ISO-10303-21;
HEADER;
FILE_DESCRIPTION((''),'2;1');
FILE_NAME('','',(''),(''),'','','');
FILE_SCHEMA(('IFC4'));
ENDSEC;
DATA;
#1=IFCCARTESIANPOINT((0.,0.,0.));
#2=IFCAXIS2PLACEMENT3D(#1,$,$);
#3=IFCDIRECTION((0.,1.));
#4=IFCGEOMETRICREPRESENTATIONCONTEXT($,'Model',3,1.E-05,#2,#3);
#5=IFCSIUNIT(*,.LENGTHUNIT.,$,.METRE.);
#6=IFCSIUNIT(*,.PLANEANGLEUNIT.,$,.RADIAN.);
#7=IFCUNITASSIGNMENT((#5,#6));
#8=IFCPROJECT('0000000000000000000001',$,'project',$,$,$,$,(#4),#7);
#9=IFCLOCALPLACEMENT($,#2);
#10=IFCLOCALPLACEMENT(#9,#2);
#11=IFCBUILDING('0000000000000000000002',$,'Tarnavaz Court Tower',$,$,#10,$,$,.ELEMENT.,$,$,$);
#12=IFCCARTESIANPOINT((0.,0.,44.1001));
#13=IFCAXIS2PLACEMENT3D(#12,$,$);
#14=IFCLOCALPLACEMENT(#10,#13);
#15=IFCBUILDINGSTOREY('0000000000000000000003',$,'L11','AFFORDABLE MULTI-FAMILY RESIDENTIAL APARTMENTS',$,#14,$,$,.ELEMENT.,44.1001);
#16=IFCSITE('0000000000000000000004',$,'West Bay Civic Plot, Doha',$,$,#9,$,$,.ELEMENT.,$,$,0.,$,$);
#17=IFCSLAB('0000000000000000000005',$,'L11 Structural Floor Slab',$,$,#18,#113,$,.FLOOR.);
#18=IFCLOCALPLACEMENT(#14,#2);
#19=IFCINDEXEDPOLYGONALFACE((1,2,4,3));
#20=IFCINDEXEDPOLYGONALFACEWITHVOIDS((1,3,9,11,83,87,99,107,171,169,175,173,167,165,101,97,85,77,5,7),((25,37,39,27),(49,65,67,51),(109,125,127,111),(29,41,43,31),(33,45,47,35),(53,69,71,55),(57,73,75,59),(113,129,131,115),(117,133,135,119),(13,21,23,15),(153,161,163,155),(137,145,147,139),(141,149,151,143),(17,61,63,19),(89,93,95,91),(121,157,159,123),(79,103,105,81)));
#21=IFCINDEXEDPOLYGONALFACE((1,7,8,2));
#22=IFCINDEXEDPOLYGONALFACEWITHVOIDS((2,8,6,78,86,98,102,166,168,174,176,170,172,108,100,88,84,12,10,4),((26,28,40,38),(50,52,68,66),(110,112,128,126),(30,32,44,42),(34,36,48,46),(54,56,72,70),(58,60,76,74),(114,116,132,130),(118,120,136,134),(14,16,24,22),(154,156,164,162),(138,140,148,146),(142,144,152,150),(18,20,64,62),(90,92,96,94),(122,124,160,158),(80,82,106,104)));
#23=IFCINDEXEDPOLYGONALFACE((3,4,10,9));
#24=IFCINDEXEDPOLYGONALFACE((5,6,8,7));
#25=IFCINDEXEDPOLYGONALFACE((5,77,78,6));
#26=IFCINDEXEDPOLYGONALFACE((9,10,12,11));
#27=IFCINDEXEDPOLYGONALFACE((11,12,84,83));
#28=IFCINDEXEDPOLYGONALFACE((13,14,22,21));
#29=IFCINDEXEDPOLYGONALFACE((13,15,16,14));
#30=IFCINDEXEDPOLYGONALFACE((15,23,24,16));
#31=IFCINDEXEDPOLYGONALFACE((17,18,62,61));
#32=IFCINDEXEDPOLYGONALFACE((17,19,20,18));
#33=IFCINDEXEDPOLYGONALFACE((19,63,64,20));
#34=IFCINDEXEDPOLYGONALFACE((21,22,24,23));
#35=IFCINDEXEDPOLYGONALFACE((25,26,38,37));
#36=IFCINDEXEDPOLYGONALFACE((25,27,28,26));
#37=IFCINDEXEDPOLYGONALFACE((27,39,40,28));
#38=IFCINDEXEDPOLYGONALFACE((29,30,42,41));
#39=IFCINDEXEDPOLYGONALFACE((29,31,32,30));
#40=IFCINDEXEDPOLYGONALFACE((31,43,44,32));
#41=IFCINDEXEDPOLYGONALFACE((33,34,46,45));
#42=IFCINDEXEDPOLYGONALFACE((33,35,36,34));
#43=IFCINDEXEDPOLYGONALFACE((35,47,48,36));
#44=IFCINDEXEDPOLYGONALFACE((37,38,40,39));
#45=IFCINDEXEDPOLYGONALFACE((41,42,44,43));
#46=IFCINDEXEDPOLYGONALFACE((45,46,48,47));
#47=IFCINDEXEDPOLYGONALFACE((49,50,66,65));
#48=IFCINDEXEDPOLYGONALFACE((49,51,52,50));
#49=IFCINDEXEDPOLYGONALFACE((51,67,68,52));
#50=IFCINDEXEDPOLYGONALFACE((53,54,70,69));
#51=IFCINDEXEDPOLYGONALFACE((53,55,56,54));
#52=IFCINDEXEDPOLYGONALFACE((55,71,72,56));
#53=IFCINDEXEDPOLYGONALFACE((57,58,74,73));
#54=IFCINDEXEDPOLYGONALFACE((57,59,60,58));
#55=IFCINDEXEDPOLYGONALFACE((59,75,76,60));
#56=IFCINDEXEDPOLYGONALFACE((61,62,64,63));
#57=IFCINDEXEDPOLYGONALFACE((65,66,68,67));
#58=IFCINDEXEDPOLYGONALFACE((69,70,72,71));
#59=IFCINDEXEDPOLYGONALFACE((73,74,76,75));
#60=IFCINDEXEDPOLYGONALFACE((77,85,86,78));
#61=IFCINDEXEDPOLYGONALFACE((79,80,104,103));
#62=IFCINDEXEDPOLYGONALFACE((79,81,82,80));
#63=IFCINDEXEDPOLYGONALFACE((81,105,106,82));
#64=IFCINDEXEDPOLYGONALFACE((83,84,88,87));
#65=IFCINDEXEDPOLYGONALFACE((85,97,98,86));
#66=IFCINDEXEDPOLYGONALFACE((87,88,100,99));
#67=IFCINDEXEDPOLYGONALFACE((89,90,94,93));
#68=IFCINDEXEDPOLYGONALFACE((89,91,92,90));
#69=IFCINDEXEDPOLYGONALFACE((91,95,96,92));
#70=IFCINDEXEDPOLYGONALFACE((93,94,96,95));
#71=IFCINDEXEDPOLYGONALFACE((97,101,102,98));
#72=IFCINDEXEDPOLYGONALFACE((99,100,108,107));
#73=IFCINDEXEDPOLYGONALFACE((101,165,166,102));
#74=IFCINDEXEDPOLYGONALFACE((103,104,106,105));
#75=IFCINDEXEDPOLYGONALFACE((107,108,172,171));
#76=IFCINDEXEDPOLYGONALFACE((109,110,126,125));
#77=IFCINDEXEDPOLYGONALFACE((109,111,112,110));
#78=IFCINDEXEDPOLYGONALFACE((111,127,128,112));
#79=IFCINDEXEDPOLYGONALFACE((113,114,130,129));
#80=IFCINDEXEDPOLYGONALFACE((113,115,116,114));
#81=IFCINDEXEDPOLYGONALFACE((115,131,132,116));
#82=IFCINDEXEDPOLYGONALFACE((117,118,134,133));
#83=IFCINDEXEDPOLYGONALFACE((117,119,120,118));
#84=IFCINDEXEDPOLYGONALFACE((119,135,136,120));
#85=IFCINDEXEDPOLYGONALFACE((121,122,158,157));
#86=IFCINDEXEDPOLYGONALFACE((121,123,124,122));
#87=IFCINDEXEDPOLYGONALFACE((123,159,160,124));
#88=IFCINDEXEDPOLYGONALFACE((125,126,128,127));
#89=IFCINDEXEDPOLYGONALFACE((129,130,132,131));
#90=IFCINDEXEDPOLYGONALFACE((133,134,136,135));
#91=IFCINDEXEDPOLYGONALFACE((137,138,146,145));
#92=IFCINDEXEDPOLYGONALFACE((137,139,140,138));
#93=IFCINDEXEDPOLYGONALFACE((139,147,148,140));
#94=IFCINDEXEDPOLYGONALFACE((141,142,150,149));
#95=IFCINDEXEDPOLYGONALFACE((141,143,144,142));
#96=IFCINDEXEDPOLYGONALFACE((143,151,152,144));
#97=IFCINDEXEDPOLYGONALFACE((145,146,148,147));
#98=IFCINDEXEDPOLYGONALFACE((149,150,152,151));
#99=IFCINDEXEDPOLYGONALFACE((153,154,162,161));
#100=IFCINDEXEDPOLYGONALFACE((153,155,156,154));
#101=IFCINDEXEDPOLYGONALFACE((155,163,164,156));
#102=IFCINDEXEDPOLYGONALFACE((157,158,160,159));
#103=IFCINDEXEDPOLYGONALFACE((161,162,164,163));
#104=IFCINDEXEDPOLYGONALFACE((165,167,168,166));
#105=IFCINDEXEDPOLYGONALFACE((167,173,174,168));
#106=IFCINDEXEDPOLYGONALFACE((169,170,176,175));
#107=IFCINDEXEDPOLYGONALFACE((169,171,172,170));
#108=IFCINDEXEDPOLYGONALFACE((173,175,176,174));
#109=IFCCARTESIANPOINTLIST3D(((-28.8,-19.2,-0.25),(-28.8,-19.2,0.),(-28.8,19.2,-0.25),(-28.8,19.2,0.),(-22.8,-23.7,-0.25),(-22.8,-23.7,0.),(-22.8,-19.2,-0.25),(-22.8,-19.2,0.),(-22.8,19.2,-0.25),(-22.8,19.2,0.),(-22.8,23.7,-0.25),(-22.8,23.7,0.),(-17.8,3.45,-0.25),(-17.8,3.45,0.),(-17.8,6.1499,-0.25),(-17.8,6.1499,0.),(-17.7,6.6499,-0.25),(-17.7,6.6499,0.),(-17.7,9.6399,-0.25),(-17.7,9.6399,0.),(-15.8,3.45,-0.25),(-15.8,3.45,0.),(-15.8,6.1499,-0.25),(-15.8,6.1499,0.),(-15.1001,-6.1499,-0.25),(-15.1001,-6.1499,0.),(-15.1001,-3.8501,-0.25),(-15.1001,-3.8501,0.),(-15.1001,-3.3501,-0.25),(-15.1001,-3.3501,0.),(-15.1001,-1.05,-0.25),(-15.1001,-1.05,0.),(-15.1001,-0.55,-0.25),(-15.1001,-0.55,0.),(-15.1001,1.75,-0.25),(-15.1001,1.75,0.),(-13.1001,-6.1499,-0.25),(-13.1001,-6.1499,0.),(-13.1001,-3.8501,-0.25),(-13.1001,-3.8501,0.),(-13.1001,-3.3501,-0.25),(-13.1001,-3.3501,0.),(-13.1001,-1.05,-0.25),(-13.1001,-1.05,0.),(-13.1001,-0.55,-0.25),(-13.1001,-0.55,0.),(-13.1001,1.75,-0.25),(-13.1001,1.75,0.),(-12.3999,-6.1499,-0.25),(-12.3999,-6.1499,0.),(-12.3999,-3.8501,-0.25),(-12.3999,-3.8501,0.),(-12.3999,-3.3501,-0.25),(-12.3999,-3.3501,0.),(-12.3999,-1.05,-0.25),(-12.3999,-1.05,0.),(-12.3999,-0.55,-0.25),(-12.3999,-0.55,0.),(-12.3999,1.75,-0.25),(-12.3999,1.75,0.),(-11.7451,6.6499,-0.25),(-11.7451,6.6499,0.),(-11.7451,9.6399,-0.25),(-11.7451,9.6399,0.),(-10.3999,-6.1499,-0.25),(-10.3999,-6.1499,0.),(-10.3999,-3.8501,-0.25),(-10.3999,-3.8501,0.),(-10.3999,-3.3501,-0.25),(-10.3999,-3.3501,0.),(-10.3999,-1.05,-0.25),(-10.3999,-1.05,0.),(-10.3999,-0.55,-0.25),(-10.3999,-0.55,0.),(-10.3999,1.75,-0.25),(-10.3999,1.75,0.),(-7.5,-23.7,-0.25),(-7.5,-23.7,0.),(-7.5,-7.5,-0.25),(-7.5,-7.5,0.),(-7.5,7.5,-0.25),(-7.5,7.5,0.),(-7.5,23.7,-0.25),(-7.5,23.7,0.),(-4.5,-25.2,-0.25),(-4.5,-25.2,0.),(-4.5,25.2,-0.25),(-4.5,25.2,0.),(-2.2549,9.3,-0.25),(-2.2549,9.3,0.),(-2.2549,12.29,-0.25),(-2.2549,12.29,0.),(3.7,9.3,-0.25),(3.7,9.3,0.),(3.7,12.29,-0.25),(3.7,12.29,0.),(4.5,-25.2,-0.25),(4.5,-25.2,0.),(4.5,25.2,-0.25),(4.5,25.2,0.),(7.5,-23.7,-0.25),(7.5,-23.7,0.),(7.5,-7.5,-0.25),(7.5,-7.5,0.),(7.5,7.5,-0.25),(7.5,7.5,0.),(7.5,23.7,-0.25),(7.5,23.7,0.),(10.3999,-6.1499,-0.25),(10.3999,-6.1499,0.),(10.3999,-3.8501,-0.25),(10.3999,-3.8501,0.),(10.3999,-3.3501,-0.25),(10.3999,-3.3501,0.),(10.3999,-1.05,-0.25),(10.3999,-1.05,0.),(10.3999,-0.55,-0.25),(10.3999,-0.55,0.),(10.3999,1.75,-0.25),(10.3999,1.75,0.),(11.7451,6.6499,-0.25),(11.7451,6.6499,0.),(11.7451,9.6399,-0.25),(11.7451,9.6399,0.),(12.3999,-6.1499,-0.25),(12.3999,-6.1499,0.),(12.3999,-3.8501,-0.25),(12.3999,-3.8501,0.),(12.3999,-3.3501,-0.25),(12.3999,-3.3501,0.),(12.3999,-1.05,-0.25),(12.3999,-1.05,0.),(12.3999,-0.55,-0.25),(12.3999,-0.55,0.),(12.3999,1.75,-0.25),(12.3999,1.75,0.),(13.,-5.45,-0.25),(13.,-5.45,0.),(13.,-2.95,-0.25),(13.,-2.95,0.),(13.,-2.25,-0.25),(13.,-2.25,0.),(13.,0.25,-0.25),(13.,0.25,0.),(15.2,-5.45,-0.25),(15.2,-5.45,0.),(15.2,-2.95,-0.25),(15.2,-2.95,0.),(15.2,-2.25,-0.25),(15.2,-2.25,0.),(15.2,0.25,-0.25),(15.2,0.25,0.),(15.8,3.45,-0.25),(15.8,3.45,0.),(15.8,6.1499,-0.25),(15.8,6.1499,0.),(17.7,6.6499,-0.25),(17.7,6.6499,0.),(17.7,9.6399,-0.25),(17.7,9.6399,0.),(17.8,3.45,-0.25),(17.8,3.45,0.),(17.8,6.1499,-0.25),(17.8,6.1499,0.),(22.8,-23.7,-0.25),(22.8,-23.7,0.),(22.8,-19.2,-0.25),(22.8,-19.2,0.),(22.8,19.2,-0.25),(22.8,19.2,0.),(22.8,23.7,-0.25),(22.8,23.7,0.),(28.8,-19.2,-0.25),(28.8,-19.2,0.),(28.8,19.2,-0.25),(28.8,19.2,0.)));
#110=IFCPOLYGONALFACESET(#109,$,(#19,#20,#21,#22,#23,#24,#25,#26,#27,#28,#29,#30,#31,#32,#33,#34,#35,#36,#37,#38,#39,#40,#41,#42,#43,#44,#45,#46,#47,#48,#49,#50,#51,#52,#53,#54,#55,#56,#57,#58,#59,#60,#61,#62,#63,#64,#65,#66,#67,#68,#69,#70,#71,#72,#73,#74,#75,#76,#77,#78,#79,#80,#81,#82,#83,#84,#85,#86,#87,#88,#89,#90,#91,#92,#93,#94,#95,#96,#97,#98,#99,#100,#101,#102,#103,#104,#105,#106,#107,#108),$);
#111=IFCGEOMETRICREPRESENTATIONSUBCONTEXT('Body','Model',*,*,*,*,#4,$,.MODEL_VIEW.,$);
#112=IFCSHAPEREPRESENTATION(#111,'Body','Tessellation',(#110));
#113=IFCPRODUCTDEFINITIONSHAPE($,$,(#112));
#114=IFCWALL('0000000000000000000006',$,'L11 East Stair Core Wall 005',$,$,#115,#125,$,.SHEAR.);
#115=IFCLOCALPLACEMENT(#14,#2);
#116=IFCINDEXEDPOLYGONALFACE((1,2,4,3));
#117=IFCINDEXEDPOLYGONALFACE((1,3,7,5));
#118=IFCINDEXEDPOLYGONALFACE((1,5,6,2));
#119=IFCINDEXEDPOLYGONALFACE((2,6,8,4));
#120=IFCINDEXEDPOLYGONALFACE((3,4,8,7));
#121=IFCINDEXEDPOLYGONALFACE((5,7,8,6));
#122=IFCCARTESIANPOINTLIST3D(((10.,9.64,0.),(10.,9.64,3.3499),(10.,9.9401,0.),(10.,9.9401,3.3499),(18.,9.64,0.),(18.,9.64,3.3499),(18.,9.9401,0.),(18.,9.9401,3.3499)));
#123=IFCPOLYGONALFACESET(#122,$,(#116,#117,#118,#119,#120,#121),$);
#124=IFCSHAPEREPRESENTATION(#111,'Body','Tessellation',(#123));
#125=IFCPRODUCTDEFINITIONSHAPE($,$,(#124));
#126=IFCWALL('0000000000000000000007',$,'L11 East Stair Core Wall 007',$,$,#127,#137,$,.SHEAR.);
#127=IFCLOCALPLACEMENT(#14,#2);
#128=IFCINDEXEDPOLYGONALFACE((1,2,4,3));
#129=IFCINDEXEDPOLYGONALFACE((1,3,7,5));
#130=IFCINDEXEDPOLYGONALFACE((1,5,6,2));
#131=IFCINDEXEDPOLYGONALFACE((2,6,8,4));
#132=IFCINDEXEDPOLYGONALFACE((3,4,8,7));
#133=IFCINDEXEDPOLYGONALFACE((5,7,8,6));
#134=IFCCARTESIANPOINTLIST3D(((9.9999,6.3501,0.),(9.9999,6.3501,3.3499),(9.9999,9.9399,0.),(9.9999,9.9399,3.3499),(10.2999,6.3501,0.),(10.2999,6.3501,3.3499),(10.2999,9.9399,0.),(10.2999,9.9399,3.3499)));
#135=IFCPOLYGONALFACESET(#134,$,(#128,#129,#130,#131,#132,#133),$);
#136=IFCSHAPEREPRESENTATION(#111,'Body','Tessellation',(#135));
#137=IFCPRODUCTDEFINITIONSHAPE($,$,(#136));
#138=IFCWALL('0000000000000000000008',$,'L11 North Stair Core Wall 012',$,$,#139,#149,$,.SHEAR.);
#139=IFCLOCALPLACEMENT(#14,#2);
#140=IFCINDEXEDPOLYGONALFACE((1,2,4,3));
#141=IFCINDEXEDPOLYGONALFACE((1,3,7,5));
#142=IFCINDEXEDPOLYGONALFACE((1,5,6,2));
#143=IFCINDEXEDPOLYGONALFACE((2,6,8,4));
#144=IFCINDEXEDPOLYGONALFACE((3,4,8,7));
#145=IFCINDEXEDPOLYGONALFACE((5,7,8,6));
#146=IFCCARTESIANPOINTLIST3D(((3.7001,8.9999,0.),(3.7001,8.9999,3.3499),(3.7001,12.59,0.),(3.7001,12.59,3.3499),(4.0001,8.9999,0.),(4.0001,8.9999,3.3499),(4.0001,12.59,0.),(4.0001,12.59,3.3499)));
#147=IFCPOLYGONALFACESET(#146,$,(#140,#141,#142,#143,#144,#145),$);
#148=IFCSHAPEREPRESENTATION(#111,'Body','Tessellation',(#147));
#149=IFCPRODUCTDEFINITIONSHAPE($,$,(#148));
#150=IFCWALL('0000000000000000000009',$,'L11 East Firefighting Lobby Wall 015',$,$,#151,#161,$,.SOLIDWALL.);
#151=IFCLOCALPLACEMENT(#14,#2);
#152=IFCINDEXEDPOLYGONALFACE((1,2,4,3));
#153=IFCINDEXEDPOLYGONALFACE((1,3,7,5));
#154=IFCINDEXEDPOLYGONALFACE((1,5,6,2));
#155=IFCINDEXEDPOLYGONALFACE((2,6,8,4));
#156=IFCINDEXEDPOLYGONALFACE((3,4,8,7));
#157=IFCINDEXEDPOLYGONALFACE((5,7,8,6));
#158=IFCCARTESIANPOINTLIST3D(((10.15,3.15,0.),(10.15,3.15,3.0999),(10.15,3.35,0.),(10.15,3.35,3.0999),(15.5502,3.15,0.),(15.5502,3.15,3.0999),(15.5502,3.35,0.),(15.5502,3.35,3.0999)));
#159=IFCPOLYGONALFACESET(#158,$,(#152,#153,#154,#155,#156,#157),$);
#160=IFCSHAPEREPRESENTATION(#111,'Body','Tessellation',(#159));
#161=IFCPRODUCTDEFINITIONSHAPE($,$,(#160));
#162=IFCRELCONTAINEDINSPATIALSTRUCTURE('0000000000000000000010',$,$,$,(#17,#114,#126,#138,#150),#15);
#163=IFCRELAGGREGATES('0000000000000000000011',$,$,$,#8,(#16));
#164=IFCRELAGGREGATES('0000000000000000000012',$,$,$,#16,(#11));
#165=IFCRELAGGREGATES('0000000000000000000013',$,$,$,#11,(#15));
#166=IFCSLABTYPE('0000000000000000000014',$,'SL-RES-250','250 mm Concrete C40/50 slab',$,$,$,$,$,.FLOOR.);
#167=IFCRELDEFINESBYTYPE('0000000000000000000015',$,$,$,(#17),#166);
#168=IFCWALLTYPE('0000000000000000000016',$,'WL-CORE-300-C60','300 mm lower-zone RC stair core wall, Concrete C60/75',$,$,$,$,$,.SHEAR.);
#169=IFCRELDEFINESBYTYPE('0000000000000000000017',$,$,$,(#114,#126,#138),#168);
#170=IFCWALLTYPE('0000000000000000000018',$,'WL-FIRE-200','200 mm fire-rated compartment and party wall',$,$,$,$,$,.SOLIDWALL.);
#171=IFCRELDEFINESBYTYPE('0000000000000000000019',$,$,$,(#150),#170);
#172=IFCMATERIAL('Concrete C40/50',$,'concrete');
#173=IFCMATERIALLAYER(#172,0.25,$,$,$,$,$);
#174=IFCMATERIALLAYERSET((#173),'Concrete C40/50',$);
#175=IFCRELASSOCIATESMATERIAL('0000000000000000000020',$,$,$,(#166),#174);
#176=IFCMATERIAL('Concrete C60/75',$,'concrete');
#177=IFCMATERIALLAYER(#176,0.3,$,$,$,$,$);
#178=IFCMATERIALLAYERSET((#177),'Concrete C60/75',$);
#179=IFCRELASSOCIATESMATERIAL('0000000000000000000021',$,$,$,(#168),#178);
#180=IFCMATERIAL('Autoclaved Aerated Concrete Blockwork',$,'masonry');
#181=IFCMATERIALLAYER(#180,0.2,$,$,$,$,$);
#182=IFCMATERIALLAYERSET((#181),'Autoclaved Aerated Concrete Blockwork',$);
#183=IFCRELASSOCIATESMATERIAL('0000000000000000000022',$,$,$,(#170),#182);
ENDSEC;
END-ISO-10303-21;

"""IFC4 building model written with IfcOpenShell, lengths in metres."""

from ifc_helpers import new_model, si_unit, direction, frame, frame_2d, origin, place, context, subcontext, project, spatial, polyline, rectangle, outline, extrude, material, layer, layer_set, type_object, element, save


model = new_model("IFC4")

# Units and contexts
model_context = context("Model", 3, precision=1e-05, world=origin(), true_north=direction((0.0, 1.0)))
body_context = subcontext(model_context, "Body", "Model", "MODEL_VIEW")
ifc_project = project(units=[si_unit("LENGTHUNIT", "METRE"), si_unit("PLANEANGLEUNIT", "RADIAN")], contexts=[model_context])

# Site, building, storey
site_placement = place(None, origin())
site = spatial("IfcSite", under=ifc_project, at=site_placement, Name="West Bay Civic Plot, Doha", CompositionType="ELEMENT", RefElevation=0.0)
building_placement = place(site_placement, origin())
building = spatial("IfcBuilding", under=site, at=building_placement, Name="Tarnavaz Court Tower", CompositionType="ELEMENT")
storey_placement = place(building_placement, frame((0.0, 0.0, 44.1001)))
storey = spatial("IfcBuildingStorey", under=building, at=storey_placement, Name="L11", Description="AFFORDABLE MULTI-FAMILY RESIDENTIAL APARTMENTS", CompositionType="ELEMENT", Elevation=44.1001)

# Shared definitions
ifc_material_1 = material(Name="Concrete C60/75", Category="concrete")

# Shared definitions
ifc_material_2 = material(Name="Concrete C40/50", Category="concrete")

# Slab
ifc_layer_1 = layer(ifc_material_2, 0.25)
ifc_layer_set_1 = layer_set([ifc_layer_1], Name="Concrete C40/50")
slab_type_1 = type_object("IfcSlabType", Name="SL-RES-250", Description="250 mm Concrete C40/50 slab", PredefinedType="FLOOR", material=ifc_layer_set_1)
slab_1_placement = place(storey_placement, frame((0.0, 0.0, -0.25)))
element("IfcSlab", 1, at=slab_1_placement, inside=storey, type_object=slab_type_1, Name="L11 Structural Floor Slab", PredefinedType="FLOOR", context=body_context, shape_type="SweptSolid", body=[
    extrude(outline(polyline([(-22.8, -23.7), (-7.5, -23.7), (-4.5, -25.2), (4.5, -25.2), (7.5, -23.7), (22.8, -23.7), (22.8, -19.2), (28.8, -19.2), (28.8, 19.2), (22.8, 19.2), (22.8, 23.7), (7.5, 23.7), (4.5, 25.2), (-4.5, 25.2), (-7.5, 23.7), (-22.8, 23.7), (-22.8, 19.2), (-28.8, 19.2), (-28.8, -19.2), (-22.8, -19.2), (-22.8, -23.7)]), holes=[polyline([(-7.5, -7.5), (7.5, -7.5), (7.5, 7.5), (-7.5, 7.5), (-7.5, -7.5)]), polyline([(-11.7451, 9.6399), (-17.7, 9.6399), (-17.7, 6.6499), (-11.7451, 6.6499), (-11.7451, 9.6399)]), polyline([(11.7451, 6.6499), (17.7, 6.6499), (17.7, 9.6399), (11.7451, 9.6399), (11.7451, 6.6499)]), polyline([(-2.2549, 9.3), (3.7, 9.3), (3.7, 12.29), (-2.2549, 12.29), (-2.2549, 9.3)]), polyline([(-17.8, 3.45), (-15.8, 3.45), (-15.8, 6.1499), (-17.8, 6.1499), (-17.8, 3.45)]), polyline([(-12.3999, -6.1499), (-10.3999, -6.1499), (-10.3999, -3.8501), (-12.3999, -3.8501), (-12.3999, -6.1499)]), polyline([(-12.3999, -3.3501), (-10.3999, -3.3501), (-10.3999, -1.05), (-12.3999, -1.05), (-12.3999, -3.3501)]), polyline([(-12.3999, -0.55), (-10.3999, -0.55), (-10.3999, 1.75), (-12.3999, 1.75), (-12.3999, -0.55)]), polyline([(-15.1001, -6.1499), (-13.1001, -6.1499), (-13.1001, -3.8501), (-15.1001, -3.8501), (-15.1001, -6.1499)]), polyline([(-15.1001, -3.3501), (-13.1001, -3.3501), (-13.1001, -1.05), (-15.1001, -1.05), (-15.1001, -3.3501)]), polyline([(-15.1001, -0.55), (-13.1001, -0.55), (-13.1001, 1.75), (-15.1001, 1.75), (-15.1001, -0.55)]), polyline([(15.8, 3.45), (17.8, 3.45), (17.8, 6.1499), (15.8, 6.1499), (15.8, 3.45)]), polyline([(10.3999, -6.1499), (12.3999, -6.1499), (12.3999, -3.8501), (10.3999, -3.8501), (10.3999, -6.1499)]), polyline([(10.3999, -3.3501), (12.3999, -3.3501), (12.3999, -1.05), (10.3999, -1.05), (10.3999, -3.3501)]), polyline([(10.3999, -0.55), (12.3999, -0.55), (12.3999, 1.75), (10.3999, 1.75), (10.3999, -0.55)]), polyline([(13.0, -5.45), (15.2, -5.45), (15.2, -2.95), (13.0, -2.95), (13.0, -5.45)]), polyline([(13.0, -2.25), (15.2, -2.25), (15.2, 0.25), (13.0, 0.25), (13.0, -2.25)])]), origin(), (0.0, 0.0, 1.0), 0.25),
])

# Wall
ifc_layer_2 = layer(ifc_material_1, 0.3)
ifc_layer_set_2 = layer_set([ifc_layer_2], Name="Concrete C60/75")
wall_type_1 = type_object("IfcWallType", Name="WL-CORE-300-C60", Description="300 mm lower-zone RC stair core wall, Concrete C60/75", PredefinedType="SHEAR", material=ifc_layer_set_2)
wall_1_placement = place(storey_placement, frame((10.0, 9.79, 0.0), z_axis=(0.0, 0.0, 1.0), x_axis=(1.0, 0.0, 0.0)))
element("IfcWall", 2, at=wall_1_placement, inside=storey, type_object=wall_type_1, Name="L11 East Stair Core Wall 005", PredefinedType="SHEAR", context=body_context, shape_type="SweptSolid", body=[
    extrude(rectangle(XDim=8.0, YDim=0.3, at=frame_2d((4.0, 0.0))), origin(), (0.0, 0.0, 1.0), 3.3499),
])

# Walls
wall_2_placement = place(storey_placement, frame((10.1499, 6.3501, 0.0), z_axis=(0.0, 0.0, 1.0), x_axis=(0.0, 1.0, 0.0)))
element("IfcWall", 3, at=wall_2_placement, inside=storey, type_object=wall_type_1, Name="L11 East Stair Core Wall 007", PredefinedType="SHEAR", context=body_context, shape_type="SweptSolid", body=[
    extrude(rectangle(XDim=3.5898, YDim=0.3, at=frame_2d((1.7949, 0.0))), origin(), (0.0, 0.0, 1.0), 3.3499),
])
wall_3_placement = place(storey_placement, frame((3.8501, 9.0, 0.0), z_axis=(0.0, 0.0, 1.0), x_axis=(0.0, 1.0, 0.0)))
element("IfcWall", 4, at=wall_3_placement, inside=storey, type_object=wall_type_1, Name="L11 North Stair Core Wall 012", PredefinedType="SHEAR", context=body_context, shape_type="SweptSolid", body=[
    extrude(rectangle(XDim=3.5901, YDim=0.3, at=frame_2d((1.7949, 0.0))), origin(), (0.0, 0.0, 1.0), 3.3499),
])
ifc_material_3 = material(Name="Autoclaved Aerated Concrete Blockwork", Category="masonry")
ifc_layer_3 = layer(ifc_material_3, 0.2)
ifc_layer_set_3 = layer_set([ifc_layer_3], Name="Autoclaved Aerated Concrete Blockwork")
wall_type_2 = type_object("IfcWallType", Name="WL-FIRE-200", Description="200 mm fire-rated compartment and party wall", PredefinedType="SOLIDWALL", material=ifc_layer_set_3)
wall_4_placement = place(storey_placement, frame((10.1499, 3.25, 0.0), z_axis=(0.0, 0.0, 1.0), x_axis=(1.0, 0.0, 0.0)))
element("IfcWall", 5, at=wall_4_placement, inside=storey, type_object=wall_type_2, Name="L11 East Firefighting Lobby Wall 015", PredefinedType="SOLIDWALL", context=body_context, shape_type="SweptSolid", body=[
    extrude(rectangle(XDim=5.4001, YDim=0.2, at=frame_2d((2.7002, 0.0))), origin(), (0.0, 0.0, 1.0), 3.0999),
])

save(model, "model.ifc")
